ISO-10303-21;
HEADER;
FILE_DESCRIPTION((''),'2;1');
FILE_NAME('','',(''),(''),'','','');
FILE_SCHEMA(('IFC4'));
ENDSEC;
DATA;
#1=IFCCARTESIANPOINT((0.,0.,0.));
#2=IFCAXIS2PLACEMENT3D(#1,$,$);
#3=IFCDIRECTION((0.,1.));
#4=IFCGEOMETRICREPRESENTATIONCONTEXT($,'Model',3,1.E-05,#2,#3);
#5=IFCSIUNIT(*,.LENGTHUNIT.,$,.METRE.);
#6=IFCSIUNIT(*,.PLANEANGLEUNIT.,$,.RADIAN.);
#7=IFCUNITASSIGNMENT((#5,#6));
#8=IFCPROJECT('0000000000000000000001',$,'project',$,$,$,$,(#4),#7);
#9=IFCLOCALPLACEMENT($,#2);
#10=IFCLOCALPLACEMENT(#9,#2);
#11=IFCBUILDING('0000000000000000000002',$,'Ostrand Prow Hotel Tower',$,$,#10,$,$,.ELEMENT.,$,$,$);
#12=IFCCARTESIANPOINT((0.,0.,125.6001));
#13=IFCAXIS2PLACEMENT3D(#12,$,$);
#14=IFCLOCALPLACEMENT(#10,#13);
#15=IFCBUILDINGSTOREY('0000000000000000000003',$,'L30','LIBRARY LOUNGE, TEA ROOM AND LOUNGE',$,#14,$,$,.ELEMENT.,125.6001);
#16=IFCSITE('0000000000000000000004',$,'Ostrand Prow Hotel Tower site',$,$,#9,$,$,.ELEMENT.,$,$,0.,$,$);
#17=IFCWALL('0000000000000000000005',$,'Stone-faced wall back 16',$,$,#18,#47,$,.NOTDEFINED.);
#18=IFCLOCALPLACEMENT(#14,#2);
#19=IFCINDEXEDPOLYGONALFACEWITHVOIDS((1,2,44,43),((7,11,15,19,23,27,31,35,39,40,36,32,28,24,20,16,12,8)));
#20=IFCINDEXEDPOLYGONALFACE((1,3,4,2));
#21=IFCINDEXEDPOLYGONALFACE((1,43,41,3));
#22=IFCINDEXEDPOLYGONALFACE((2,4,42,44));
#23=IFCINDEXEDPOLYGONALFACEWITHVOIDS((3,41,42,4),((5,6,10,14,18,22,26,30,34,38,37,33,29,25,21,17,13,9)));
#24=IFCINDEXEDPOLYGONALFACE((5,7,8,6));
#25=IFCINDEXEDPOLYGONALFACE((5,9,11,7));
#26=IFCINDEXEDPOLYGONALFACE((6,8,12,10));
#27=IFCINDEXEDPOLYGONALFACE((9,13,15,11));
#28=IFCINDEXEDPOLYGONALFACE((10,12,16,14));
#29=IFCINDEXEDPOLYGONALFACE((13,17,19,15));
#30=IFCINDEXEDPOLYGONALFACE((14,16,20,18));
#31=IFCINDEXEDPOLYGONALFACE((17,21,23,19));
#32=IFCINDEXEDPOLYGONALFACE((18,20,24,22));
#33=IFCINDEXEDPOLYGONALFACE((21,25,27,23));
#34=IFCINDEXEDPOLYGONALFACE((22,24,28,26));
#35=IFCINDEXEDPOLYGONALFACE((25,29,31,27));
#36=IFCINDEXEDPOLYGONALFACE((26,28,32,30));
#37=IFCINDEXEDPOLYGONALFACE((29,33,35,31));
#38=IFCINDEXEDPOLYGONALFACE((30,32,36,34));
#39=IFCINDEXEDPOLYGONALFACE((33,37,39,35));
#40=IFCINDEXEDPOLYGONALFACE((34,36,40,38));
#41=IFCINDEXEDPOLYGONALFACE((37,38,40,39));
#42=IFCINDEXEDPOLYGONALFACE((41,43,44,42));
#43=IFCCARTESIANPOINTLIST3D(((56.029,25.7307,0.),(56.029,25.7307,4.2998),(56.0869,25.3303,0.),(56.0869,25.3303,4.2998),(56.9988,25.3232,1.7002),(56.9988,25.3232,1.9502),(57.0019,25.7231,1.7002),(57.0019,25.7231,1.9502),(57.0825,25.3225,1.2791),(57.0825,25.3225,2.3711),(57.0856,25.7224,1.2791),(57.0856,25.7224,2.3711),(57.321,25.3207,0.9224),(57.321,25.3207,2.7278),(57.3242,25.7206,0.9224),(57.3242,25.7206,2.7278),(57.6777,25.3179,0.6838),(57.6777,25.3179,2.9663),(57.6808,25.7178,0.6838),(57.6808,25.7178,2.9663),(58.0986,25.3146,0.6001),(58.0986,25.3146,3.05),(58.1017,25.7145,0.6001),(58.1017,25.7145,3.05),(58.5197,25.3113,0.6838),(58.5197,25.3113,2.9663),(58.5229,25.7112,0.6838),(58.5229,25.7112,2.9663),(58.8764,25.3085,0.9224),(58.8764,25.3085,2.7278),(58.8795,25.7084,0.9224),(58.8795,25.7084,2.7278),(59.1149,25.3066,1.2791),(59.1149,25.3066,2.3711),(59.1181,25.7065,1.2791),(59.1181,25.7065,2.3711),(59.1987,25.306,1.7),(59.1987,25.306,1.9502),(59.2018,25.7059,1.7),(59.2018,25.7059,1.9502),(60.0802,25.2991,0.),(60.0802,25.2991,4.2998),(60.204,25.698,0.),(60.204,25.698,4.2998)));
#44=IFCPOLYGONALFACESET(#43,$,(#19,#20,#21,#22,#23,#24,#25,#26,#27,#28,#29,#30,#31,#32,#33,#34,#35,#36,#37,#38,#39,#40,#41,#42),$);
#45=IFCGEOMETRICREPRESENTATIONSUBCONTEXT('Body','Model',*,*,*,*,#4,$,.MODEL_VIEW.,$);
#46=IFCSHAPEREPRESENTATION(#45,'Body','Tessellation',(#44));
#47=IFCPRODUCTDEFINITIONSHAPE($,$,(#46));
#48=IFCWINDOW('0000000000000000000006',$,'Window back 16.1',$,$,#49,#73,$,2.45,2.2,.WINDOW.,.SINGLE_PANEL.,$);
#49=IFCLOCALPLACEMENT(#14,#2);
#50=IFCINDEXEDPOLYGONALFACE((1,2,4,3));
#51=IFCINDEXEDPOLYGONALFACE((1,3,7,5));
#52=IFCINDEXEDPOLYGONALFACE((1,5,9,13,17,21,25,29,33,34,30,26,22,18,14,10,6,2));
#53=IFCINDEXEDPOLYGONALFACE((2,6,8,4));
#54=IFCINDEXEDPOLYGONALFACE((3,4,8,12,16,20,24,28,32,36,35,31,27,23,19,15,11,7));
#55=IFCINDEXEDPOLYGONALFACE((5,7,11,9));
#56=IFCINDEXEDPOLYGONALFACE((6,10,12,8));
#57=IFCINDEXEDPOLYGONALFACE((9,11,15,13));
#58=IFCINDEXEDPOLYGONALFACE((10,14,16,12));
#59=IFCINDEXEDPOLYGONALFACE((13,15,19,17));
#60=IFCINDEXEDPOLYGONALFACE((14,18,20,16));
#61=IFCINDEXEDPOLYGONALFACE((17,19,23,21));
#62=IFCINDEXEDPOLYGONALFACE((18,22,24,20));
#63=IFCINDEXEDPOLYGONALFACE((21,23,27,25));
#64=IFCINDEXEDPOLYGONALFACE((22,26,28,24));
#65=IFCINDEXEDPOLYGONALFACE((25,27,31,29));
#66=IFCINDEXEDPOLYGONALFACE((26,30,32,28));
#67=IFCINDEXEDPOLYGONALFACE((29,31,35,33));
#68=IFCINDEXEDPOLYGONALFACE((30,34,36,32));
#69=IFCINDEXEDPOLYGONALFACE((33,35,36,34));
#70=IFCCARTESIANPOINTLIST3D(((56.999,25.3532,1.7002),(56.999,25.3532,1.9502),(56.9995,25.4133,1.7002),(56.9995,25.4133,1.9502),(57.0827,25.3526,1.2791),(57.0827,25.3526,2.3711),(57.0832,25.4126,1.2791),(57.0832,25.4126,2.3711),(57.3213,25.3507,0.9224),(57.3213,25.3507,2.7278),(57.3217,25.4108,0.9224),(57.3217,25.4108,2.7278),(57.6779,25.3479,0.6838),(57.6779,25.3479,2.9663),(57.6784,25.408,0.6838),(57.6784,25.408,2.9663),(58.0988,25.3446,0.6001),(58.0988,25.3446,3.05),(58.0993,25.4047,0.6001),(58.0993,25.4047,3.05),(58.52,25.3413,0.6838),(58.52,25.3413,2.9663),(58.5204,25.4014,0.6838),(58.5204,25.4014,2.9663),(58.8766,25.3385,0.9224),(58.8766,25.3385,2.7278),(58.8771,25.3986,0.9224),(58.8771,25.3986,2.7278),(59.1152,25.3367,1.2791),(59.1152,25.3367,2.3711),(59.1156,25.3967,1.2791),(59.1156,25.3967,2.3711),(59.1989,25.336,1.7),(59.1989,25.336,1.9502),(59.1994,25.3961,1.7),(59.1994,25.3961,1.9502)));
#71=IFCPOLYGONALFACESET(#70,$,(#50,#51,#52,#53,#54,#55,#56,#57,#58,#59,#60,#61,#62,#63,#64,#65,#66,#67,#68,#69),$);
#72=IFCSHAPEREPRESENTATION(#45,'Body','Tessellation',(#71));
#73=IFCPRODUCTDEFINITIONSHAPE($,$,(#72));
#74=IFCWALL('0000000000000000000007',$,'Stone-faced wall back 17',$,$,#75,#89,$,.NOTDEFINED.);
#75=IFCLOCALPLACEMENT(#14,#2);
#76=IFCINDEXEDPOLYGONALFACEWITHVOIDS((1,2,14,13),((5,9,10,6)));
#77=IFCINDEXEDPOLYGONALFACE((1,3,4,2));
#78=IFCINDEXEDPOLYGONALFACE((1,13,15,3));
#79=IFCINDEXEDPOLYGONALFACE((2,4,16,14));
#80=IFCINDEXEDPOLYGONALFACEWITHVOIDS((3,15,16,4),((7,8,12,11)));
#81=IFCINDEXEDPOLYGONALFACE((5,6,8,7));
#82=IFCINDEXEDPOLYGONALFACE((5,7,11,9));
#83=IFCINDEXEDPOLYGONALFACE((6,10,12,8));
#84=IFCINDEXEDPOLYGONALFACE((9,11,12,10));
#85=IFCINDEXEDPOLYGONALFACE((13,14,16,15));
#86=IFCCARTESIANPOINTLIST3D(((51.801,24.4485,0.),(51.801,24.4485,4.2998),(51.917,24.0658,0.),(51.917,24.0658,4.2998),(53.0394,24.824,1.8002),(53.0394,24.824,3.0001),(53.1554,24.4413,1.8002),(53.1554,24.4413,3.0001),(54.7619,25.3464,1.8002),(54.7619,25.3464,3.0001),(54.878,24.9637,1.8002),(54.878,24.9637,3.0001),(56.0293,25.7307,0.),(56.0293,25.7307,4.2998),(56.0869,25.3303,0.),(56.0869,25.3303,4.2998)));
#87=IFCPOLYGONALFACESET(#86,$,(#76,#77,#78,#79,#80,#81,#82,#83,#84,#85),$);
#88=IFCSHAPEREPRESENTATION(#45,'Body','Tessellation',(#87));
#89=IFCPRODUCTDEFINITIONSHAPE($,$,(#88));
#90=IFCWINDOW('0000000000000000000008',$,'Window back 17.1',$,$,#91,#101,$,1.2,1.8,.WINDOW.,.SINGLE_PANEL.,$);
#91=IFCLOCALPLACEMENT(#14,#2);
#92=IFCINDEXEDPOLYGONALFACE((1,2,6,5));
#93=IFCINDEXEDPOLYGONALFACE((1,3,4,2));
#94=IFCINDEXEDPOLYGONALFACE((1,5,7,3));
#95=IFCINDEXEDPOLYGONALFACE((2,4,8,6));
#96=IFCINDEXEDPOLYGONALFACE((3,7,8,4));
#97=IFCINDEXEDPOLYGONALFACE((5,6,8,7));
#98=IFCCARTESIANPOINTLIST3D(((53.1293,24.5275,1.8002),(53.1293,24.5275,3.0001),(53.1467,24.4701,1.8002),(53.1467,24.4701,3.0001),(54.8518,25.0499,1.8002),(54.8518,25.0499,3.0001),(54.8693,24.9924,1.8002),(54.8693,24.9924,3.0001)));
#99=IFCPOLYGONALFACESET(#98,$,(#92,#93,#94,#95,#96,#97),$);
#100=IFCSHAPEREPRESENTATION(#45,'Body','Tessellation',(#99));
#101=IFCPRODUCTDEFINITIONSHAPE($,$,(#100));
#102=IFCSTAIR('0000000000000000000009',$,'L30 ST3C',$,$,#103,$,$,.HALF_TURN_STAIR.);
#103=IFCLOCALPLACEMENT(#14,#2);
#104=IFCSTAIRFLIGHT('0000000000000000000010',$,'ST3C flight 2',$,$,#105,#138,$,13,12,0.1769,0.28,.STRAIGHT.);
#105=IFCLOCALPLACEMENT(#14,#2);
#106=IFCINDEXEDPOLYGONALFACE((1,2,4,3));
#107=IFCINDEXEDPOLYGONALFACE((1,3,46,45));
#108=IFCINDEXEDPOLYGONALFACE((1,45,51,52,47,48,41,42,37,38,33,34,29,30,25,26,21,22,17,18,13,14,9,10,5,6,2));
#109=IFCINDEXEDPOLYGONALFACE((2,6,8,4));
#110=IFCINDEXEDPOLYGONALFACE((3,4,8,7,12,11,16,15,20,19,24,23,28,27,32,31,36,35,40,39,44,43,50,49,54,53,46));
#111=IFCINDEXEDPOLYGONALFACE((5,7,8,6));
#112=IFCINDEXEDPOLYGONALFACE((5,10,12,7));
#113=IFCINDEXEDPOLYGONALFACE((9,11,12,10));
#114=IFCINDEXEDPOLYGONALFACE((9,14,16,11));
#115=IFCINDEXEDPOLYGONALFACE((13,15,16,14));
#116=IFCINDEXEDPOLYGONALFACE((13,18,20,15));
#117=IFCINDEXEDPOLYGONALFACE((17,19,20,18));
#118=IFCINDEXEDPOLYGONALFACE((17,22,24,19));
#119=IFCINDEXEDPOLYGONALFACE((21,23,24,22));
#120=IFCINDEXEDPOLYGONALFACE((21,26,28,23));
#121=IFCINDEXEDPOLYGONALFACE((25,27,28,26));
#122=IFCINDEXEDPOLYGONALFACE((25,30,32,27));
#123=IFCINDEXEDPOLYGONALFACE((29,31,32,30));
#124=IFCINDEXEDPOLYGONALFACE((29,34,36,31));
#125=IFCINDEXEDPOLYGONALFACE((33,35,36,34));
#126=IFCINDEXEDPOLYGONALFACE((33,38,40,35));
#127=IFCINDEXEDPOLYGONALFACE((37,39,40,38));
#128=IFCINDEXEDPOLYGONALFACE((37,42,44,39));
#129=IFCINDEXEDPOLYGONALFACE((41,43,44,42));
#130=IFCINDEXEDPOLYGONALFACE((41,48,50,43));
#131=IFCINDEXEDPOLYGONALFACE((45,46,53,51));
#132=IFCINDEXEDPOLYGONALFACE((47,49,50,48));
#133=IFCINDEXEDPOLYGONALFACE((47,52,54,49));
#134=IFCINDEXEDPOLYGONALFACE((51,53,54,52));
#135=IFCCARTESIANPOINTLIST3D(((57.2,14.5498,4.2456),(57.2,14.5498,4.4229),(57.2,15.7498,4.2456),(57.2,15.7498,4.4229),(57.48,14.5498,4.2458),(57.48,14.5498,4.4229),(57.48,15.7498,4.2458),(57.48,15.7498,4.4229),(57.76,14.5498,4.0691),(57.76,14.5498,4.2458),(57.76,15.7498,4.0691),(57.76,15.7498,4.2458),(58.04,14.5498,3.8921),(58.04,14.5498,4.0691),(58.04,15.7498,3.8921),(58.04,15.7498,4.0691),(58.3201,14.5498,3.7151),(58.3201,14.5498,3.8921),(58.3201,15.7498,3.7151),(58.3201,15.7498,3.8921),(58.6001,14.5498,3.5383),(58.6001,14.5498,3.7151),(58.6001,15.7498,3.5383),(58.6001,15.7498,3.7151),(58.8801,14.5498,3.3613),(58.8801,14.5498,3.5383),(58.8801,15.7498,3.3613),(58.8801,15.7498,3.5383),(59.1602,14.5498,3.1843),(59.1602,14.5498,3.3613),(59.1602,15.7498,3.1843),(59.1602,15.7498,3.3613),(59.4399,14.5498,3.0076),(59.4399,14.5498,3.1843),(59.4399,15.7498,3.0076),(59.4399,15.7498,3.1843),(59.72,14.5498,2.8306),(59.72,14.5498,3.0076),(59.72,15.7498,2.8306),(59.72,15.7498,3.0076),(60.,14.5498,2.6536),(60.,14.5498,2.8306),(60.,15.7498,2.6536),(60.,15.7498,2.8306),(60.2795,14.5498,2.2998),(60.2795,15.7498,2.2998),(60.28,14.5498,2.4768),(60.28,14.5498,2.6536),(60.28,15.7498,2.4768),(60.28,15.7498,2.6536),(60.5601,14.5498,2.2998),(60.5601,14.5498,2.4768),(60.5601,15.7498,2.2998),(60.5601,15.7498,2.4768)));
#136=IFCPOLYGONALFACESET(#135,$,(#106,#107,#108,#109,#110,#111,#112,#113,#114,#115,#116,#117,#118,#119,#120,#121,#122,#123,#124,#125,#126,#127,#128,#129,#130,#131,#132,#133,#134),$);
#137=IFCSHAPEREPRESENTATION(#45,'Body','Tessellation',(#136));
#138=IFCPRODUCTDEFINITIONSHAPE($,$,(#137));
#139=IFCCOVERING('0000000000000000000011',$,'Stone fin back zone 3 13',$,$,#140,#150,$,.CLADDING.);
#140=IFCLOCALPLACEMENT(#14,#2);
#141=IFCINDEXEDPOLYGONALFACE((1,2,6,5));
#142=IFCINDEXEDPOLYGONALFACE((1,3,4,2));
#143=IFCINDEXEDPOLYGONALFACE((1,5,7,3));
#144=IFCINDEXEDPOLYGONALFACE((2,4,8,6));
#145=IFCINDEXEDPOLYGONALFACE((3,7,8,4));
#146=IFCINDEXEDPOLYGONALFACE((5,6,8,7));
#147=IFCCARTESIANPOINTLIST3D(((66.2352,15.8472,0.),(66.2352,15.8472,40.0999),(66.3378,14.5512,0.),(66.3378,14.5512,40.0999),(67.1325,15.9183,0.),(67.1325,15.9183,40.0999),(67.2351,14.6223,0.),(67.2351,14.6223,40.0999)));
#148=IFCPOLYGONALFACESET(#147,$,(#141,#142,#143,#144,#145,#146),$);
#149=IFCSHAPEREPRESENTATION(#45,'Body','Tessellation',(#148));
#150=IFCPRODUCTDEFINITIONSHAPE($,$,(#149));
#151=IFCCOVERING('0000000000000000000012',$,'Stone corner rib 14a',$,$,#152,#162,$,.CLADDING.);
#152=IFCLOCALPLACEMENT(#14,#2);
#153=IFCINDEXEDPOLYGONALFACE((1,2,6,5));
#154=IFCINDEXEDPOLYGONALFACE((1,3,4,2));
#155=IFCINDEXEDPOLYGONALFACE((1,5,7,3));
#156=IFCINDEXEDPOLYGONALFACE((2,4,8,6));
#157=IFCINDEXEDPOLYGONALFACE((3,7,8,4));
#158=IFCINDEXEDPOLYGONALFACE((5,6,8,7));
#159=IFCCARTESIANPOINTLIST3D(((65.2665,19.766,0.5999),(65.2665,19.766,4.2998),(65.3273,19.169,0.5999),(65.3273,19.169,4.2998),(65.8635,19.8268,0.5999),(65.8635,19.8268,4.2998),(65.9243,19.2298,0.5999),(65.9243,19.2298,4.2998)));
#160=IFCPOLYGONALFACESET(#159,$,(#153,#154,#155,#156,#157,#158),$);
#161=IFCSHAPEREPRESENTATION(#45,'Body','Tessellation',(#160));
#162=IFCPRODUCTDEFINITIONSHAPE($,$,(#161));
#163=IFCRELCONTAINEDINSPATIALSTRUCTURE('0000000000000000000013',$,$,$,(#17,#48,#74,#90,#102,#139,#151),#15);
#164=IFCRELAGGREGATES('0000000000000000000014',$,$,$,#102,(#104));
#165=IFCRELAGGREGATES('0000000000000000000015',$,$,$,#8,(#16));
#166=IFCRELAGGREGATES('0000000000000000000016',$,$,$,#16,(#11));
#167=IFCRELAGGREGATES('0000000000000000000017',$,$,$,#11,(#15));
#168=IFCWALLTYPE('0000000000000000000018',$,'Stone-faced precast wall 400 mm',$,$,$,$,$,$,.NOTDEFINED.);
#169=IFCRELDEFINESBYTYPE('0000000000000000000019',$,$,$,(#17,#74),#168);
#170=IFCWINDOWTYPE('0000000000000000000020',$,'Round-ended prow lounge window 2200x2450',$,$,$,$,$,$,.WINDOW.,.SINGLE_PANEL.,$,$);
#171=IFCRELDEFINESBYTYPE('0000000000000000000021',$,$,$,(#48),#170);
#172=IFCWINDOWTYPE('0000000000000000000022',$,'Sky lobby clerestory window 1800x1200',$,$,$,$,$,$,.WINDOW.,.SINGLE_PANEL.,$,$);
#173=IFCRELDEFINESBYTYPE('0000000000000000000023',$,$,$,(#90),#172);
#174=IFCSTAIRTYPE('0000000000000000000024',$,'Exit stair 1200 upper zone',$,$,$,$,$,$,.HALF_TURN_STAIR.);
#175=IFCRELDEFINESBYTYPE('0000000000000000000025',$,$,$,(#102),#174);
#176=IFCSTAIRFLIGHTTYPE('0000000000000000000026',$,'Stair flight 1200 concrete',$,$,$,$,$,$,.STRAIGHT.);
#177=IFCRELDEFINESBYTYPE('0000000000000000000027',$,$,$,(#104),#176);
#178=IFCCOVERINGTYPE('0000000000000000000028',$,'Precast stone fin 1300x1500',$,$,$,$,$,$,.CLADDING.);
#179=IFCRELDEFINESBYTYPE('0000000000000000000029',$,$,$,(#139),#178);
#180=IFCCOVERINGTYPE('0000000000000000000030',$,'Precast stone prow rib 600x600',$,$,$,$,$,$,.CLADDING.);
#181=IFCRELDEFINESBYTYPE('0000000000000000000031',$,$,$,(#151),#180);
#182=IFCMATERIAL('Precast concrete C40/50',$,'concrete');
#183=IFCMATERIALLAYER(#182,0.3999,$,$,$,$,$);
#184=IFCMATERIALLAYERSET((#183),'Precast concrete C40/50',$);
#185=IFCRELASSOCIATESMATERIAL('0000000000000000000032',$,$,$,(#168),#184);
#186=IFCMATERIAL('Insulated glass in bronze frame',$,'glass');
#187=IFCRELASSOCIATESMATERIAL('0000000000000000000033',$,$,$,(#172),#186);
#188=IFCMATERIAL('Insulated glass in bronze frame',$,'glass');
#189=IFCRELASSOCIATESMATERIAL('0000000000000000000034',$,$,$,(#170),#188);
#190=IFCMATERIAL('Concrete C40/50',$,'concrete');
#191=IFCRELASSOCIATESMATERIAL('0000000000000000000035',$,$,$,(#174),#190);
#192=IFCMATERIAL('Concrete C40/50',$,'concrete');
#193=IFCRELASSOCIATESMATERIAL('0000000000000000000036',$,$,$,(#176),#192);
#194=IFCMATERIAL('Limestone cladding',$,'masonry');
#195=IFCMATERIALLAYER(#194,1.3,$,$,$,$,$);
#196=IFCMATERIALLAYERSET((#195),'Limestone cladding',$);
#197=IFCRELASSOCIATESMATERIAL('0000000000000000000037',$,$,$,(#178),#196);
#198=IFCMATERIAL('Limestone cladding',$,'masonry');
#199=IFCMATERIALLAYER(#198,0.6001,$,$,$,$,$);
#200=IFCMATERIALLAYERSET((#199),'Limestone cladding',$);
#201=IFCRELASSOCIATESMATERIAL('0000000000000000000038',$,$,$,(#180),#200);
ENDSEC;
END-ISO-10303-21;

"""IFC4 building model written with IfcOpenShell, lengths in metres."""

from ifc_helpers import new_model, si_unit, direction, frame, frame_2d, origin, place, context, subcontext, project, spatial, polyline, rectangle, outline, extrude, material, layer, layer_set, type_object, element, fill, aggregate, save


model = new_model("IFC4")

# Units and contexts
model_context = context("Model", 3, precision=1e-05, world=origin(), true_north=direction((0.0, 1.0)))
body_context = subcontext(model_context, "Body", "Model", "MODEL_VIEW")
ifc_project = project(units=[si_unit("LENGTHUNIT", "METRE"), si_unit("PLANEANGLEUNIT", "RADIAN")], contexts=[model_context])

# Site, building, storey
site_placement = place(None, origin())
site = spatial("IfcSite", under=ifc_project, at=site_placement, Name="Ostrand Prow Hotel Tower site", CompositionType="ELEMENT", RefElevation=0.0)
building_placement = place(site_placement, origin())
building = spatial("IfcBuilding", under=site, at=building_placement, Name="Ostrand Prow Hotel Tower", CompositionType="ELEMENT")
storey_placement = place(building_placement, frame((0.0, 0.0, 125.6001)))
storey = spatial("IfcBuildingStorey", under=building, at=storey_placement, Name="L30", Description="LIBRARY LOUNGE, TEA ROOM AND LOUNGE", CompositionType="ELEMENT", Elevation=125.6001)

# Walls, openings, windows
ifc_material_1 = material(Name="Precast concrete C40/50", Category="concrete")
ifc_layer_1 = layer(ifc_material_1, 0.3999)
ifc_layer_set_1 = layer_set([ifc_layer_1], Name="Precast concrete C40/50")
wall_type_1 = type_object("IfcWallType", Name="Stone-faced precast wall 400 mm", PredefinedType="NOTDEFINED", material=ifc_layer_set_1)
ifc_material_2 = material(Name="Insulated glass in bronze frame", Category="glass")
window_type_1 = type_object("IfcWindowType", Name="Sky lobby clerestory window 1800x1200", PartitioningType="SINGLE_PANEL", PredefinedType="WINDOW", material=ifc_material_2)
ifc_material_3 = material(Name="Insulated glass in bronze frame", Category="glass")
window_type_2 = type_object("IfcWindowType", Name="Round-ended prow lounge window 2200x2450", PartitioningType="SINGLE_PANEL", PredefinedType="WINDOW", material=ifc_material_3)
wall_1_placement = place(storey_placement, frame((60.1421, 25.4985, 0.0), z_axis=(0.0, 0.0, 1.0), x_axis=(-0.999969, 0.007831, 0.0)))
wall_1 = element("IfcWall", 1, at=wall_1_placement, inside=storey, type_object=wall_type_1, Name="Stone-faced wall back 16", PredefinedType="NOTDEFINED", context=body_context, shape_type="SweptSolid", body=[
    extrude(outline(polyline([(-0.0603, -0.2), (4.1147, -0.2), (4.0537, 0.2), (0.0603, 0.2), (-0.0603, -0.2)])), origin(), (0.0, 0.0, 1.0), 4.2998),
])
opening_1_placement = place(wall_1_placement, frame((0.9419, 0.0, 0.6001)))
opening_1 = element("IfcOpeningElement", 2, at=opening_1_placement, cuts=wall_1, PredefinedType="OPENING", context=body_context, shape_type="SweptSolid", body=[
    extrude(outline(polyline([(0.0, 1.3501), (0.0837, 1.771), (0.3223, 2.1277), (0.679, 2.3662), (1.1001, 2.45), (1.521, 2.3662), (1.8777, 2.1277), (2.1162, 1.771), (2.2, 1.3501), (2.2, 1.1001), (2.1162, 0.679), (1.8777, 0.3223), (1.521, 0.0837), (1.1001, 0.0), (0.679, 0.0837), (0.3223, 0.3223), (0.0837, 0.679), (0.0, 1.0999), (0.0, 1.3501)])), frame((0.0, 0.21, 0.0), z_axis=(0.0, -1.0, 0.0), x_axis=(1.0, 0.0, 0.0)), (0.0, 0.0, 1.0), 0.4199),
])
window_1_placement = place(opening_1_placement, origin())
window_1 = element("IfcWindow", 3, at=window_1_placement, inside=storey, type_object=window_type_2, Name="Window back 16.1", OverallHeight=2.45, OverallWidth=2.2, PartitioningType="SINGLE_PANEL", PredefinedType="WINDOW", context=body_context, shape_type="SweptSolid", body=[
    extrude(outline(polyline([(0.0, 1.3501), (0.0837, 1.771), (0.3223, 2.1277), (0.679, 2.3662), (1.1001, 2.45), (1.521, 2.3662), (1.8777, 2.1277), (2.1162, 1.771), (2.2, 1.3501), (2.2, 1.1001), (2.1162, 0.679), (1.8777, 0.3223), (1.521, 0.0837), (1.1001, 0.0), (0.679, 0.0837), (0.3223, 0.3223), (0.0837, 0.679), (0.0, 1.0999), (0.0, 1.3501)])), frame((0.0, 0.1699, 0.0), z_axis=(0.0, -1.0, 0.0), x_axis=(1.0, 0.0, 0.0)), (0.0, 0.0, 1.0), 0.0601),
])
fill(opening_1, window_1)
wall_2_placement = place(storey_placement, frame((56.0581, 25.5305, 0.0), z_axis=(0.0, 0.0, 1.0), x_axis=(-0.956964, -0.290205, 0.0)))
wall_2 = element("IfcWall", 4, at=wall_2_placement, inside=storey, type_object=wall_type_1, Name="Stone-faced wall back 17", PredefinedType="NOTDEFINED", context=body_context, shape_type="SweptSolid", body=[
    extrude(outline(polyline([(-0.0305, -0.2), (4.3879, -0.2), (4.3879, 0.2), (0.0305, 0.2), (-0.0305, -0.2)])), origin(), (0.0, 0.0, 1.0), 4.2998),
])
opening_2_placement = place(wall_2_placement, frame((1.2939, 0.0, 1.8)))
opening_2 = element("IfcOpeningElement", 5, at=opening_2_placement, cuts=wall_2, PredefinedType="OPENING", context=body_context, shape_type="SweptSolid", body=[
    extrude(rectangle(XDim=1.8, YDim=1.2, at=frame_2d((0.8999, 0.6001))), frame((0.0, 0.21, 0.0), z_axis=(0.0, -1.0, 0.0), x_axis=(1.0, 0.0, 0.0)), (0.0, 0.0, 1.0), 0.4199),
])
window_2_placement = place(opening_2_placement, origin())
window_2 = element("IfcWindow", 6, at=window_2_placement, inside=storey, type_object=window_type_1, Name="Window back 17.1", OverallHeight=1.2, OverallWidth=1.8, PartitioningType="SINGLE_PANEL", PredefinedType="WINDOW", context=body_context, shape_type="SweptSolid", body=[
    extrude(rectangle(XDim=1.8, YDim=1.2, at=frame_2d((0.8999, 0.6001))), frame((0.0, 0.1699, 0.0), z_axis=(0.0, -1.0, 0.0), x_axis=(1.0, 0.0, 0.0)), (0.0, 0.0, 1.0), 0.0601),
])
fill(opening_2, window_2)

# Stair, stair flight
ifc_material_4 = material(Name="Concrete C40/50", Category="concrete")
stair_type = type_object("IfcStairType", Name="Exit stair 1200 upper zone", PredefinedType="HALF_TURN_STAIR", material=ifc_material_4)
stair_placement = place(storey_placement, origin())
stair = element("IfcStair", 7, at=stair_placement, inside=storey, type_object=stair_type, Name="L30 ST3C", PredefinedType="HALF_TURN_STAIR")
ifc_material_5 = material(Name="Concrete C40/50", Category="concrete")
stair_flight_type = type_object("IfcStairFlightType", Name="Stair flight 1200 concrete", PredefinedType="STRAIGHT", material=ifc_material_5)
stair_flight_placement = place(storey_placement, frame((60.5601, 15.1499, 2.2998), z_axis=(0.0, 0.0, 1.0), x_axis=(-1.0, 0.0, 0.0)))
stair_flight = element("IfcStairFlight", 8, at=stair_flight_placement, type_object=stair_flight_type, Name="ST3C flight 2", NumberOfRisers=13, NumberOfTreads=12, PredefinedType="STRAIGHT", RiserHeight=0.1769, TreadLength=0.28, context=body_context, shape_type="SweptSolid", body=[
    extrude(outline(polyline([(0.0, 0.0), (0.0, 0.177), (0.28, 0.177), (0.28, 0.3538), (0.5601, 0.3538), (0.5601, 0.5308), (0.8401, 0.5308), (0.8401, 0.7078), (1.1201, 0.7078), (1.1201, 0.8845), (1.3999, 0.8845), (1.3999, 1.0615), (1.6799, 1.0615), (1.6799, 1.2385), (1.96, 1.2385), (1.96, 1.4153), (2.24, 1.4153), (2.24, 1.5923), (2.52, 1.5923), (2.52, 1.7693), (2.8, 1.7693), (2.8, 1.946), (3.0801, 1.946), (3.0801, 2.123), (3.3601, 2.123), (3.3601, 2.3), (3.3601, 1.9458), (0.2805, 0.0), (0.0, 0.0)])), frame((0.0, 0.6001, 0.0), z_axis=(0.0, -1.0, 0.0), x_axis=(1.0, 0.0, 0.0)), (0.0, 0.0, 1.0), 1.2),
])
aggregate(stair, [stair_flight])

# Coverings
ifc_material_6 = material(Name="Limestone cladding", Category="masonry")
ifc_layer_2 = layer(ifc_material_6, 1.3)
ifc_layer_set_2 = layer_set([ifc_layer_2], Name="Limestone cladding")
covering_type_1 = type_object("IfcCoveringType", Name="Precast stone fin 1300x1500", PredefinedType="CLADDING", material=ifc_layer_set_2)
covering_1_placement = place(storey_placement, frame((66.2864, 15.1992, 0.0), z_axis=(0.0, 0.0, 1.0), x_axis=(0.99688, 0.078937, 0.0)))
element("IfcCovering", 9, at=covering_1_placement, inside=storey, type_object=covering_type_1, Name="Stone fin back zone 3 13", PredefinedType="CLADDING", context=body_context, shape_type="SweptSolid", body=[
    extrude(rectangle(XDim=0.9001, YDim=1.3, at=frame_2d((0.4502, 0.0))), origin(), (0.0, 0.0, 1.0), 40.0999),
])
ifc_material_7 = material(Name="Limestone cladding", Category="masonry")
ifc_layer_3 = layer(ifc_material_7, 0.6001)
ifc_layer_set_3 = layer_set([ifc_layer_3], Name="Limestone cladding")
covering_type_2 = type_object("IfcCoveringType", Name="Precast stone prow rib 600x600", PredefinedType="CLADDING", material=ifc_layer_set_3)
covering_2_placement = place(storey_placement, frame((65.2969, 19.4675, 0.5999), z_axis=(0.0, 0.0, 1.0), x_axis=(0.994854, 0.101316, 0.0)))
element("IfcCovering", 10, at=covering_2_placement, inside=storey, type_object=covering_type_2, Name="Stone corner rib 14a", PredefinedType="CLADDING", context=body_context, shape_type="SweptSolid", body=[
    extrude(rectangle(XDim=0.6001, YDim=0.6001, at=frame_2d((0.3, 0.0))), origin(), (0.0, 0.0, 1.0), 3.7),
])

save(model, "model.ifc")
